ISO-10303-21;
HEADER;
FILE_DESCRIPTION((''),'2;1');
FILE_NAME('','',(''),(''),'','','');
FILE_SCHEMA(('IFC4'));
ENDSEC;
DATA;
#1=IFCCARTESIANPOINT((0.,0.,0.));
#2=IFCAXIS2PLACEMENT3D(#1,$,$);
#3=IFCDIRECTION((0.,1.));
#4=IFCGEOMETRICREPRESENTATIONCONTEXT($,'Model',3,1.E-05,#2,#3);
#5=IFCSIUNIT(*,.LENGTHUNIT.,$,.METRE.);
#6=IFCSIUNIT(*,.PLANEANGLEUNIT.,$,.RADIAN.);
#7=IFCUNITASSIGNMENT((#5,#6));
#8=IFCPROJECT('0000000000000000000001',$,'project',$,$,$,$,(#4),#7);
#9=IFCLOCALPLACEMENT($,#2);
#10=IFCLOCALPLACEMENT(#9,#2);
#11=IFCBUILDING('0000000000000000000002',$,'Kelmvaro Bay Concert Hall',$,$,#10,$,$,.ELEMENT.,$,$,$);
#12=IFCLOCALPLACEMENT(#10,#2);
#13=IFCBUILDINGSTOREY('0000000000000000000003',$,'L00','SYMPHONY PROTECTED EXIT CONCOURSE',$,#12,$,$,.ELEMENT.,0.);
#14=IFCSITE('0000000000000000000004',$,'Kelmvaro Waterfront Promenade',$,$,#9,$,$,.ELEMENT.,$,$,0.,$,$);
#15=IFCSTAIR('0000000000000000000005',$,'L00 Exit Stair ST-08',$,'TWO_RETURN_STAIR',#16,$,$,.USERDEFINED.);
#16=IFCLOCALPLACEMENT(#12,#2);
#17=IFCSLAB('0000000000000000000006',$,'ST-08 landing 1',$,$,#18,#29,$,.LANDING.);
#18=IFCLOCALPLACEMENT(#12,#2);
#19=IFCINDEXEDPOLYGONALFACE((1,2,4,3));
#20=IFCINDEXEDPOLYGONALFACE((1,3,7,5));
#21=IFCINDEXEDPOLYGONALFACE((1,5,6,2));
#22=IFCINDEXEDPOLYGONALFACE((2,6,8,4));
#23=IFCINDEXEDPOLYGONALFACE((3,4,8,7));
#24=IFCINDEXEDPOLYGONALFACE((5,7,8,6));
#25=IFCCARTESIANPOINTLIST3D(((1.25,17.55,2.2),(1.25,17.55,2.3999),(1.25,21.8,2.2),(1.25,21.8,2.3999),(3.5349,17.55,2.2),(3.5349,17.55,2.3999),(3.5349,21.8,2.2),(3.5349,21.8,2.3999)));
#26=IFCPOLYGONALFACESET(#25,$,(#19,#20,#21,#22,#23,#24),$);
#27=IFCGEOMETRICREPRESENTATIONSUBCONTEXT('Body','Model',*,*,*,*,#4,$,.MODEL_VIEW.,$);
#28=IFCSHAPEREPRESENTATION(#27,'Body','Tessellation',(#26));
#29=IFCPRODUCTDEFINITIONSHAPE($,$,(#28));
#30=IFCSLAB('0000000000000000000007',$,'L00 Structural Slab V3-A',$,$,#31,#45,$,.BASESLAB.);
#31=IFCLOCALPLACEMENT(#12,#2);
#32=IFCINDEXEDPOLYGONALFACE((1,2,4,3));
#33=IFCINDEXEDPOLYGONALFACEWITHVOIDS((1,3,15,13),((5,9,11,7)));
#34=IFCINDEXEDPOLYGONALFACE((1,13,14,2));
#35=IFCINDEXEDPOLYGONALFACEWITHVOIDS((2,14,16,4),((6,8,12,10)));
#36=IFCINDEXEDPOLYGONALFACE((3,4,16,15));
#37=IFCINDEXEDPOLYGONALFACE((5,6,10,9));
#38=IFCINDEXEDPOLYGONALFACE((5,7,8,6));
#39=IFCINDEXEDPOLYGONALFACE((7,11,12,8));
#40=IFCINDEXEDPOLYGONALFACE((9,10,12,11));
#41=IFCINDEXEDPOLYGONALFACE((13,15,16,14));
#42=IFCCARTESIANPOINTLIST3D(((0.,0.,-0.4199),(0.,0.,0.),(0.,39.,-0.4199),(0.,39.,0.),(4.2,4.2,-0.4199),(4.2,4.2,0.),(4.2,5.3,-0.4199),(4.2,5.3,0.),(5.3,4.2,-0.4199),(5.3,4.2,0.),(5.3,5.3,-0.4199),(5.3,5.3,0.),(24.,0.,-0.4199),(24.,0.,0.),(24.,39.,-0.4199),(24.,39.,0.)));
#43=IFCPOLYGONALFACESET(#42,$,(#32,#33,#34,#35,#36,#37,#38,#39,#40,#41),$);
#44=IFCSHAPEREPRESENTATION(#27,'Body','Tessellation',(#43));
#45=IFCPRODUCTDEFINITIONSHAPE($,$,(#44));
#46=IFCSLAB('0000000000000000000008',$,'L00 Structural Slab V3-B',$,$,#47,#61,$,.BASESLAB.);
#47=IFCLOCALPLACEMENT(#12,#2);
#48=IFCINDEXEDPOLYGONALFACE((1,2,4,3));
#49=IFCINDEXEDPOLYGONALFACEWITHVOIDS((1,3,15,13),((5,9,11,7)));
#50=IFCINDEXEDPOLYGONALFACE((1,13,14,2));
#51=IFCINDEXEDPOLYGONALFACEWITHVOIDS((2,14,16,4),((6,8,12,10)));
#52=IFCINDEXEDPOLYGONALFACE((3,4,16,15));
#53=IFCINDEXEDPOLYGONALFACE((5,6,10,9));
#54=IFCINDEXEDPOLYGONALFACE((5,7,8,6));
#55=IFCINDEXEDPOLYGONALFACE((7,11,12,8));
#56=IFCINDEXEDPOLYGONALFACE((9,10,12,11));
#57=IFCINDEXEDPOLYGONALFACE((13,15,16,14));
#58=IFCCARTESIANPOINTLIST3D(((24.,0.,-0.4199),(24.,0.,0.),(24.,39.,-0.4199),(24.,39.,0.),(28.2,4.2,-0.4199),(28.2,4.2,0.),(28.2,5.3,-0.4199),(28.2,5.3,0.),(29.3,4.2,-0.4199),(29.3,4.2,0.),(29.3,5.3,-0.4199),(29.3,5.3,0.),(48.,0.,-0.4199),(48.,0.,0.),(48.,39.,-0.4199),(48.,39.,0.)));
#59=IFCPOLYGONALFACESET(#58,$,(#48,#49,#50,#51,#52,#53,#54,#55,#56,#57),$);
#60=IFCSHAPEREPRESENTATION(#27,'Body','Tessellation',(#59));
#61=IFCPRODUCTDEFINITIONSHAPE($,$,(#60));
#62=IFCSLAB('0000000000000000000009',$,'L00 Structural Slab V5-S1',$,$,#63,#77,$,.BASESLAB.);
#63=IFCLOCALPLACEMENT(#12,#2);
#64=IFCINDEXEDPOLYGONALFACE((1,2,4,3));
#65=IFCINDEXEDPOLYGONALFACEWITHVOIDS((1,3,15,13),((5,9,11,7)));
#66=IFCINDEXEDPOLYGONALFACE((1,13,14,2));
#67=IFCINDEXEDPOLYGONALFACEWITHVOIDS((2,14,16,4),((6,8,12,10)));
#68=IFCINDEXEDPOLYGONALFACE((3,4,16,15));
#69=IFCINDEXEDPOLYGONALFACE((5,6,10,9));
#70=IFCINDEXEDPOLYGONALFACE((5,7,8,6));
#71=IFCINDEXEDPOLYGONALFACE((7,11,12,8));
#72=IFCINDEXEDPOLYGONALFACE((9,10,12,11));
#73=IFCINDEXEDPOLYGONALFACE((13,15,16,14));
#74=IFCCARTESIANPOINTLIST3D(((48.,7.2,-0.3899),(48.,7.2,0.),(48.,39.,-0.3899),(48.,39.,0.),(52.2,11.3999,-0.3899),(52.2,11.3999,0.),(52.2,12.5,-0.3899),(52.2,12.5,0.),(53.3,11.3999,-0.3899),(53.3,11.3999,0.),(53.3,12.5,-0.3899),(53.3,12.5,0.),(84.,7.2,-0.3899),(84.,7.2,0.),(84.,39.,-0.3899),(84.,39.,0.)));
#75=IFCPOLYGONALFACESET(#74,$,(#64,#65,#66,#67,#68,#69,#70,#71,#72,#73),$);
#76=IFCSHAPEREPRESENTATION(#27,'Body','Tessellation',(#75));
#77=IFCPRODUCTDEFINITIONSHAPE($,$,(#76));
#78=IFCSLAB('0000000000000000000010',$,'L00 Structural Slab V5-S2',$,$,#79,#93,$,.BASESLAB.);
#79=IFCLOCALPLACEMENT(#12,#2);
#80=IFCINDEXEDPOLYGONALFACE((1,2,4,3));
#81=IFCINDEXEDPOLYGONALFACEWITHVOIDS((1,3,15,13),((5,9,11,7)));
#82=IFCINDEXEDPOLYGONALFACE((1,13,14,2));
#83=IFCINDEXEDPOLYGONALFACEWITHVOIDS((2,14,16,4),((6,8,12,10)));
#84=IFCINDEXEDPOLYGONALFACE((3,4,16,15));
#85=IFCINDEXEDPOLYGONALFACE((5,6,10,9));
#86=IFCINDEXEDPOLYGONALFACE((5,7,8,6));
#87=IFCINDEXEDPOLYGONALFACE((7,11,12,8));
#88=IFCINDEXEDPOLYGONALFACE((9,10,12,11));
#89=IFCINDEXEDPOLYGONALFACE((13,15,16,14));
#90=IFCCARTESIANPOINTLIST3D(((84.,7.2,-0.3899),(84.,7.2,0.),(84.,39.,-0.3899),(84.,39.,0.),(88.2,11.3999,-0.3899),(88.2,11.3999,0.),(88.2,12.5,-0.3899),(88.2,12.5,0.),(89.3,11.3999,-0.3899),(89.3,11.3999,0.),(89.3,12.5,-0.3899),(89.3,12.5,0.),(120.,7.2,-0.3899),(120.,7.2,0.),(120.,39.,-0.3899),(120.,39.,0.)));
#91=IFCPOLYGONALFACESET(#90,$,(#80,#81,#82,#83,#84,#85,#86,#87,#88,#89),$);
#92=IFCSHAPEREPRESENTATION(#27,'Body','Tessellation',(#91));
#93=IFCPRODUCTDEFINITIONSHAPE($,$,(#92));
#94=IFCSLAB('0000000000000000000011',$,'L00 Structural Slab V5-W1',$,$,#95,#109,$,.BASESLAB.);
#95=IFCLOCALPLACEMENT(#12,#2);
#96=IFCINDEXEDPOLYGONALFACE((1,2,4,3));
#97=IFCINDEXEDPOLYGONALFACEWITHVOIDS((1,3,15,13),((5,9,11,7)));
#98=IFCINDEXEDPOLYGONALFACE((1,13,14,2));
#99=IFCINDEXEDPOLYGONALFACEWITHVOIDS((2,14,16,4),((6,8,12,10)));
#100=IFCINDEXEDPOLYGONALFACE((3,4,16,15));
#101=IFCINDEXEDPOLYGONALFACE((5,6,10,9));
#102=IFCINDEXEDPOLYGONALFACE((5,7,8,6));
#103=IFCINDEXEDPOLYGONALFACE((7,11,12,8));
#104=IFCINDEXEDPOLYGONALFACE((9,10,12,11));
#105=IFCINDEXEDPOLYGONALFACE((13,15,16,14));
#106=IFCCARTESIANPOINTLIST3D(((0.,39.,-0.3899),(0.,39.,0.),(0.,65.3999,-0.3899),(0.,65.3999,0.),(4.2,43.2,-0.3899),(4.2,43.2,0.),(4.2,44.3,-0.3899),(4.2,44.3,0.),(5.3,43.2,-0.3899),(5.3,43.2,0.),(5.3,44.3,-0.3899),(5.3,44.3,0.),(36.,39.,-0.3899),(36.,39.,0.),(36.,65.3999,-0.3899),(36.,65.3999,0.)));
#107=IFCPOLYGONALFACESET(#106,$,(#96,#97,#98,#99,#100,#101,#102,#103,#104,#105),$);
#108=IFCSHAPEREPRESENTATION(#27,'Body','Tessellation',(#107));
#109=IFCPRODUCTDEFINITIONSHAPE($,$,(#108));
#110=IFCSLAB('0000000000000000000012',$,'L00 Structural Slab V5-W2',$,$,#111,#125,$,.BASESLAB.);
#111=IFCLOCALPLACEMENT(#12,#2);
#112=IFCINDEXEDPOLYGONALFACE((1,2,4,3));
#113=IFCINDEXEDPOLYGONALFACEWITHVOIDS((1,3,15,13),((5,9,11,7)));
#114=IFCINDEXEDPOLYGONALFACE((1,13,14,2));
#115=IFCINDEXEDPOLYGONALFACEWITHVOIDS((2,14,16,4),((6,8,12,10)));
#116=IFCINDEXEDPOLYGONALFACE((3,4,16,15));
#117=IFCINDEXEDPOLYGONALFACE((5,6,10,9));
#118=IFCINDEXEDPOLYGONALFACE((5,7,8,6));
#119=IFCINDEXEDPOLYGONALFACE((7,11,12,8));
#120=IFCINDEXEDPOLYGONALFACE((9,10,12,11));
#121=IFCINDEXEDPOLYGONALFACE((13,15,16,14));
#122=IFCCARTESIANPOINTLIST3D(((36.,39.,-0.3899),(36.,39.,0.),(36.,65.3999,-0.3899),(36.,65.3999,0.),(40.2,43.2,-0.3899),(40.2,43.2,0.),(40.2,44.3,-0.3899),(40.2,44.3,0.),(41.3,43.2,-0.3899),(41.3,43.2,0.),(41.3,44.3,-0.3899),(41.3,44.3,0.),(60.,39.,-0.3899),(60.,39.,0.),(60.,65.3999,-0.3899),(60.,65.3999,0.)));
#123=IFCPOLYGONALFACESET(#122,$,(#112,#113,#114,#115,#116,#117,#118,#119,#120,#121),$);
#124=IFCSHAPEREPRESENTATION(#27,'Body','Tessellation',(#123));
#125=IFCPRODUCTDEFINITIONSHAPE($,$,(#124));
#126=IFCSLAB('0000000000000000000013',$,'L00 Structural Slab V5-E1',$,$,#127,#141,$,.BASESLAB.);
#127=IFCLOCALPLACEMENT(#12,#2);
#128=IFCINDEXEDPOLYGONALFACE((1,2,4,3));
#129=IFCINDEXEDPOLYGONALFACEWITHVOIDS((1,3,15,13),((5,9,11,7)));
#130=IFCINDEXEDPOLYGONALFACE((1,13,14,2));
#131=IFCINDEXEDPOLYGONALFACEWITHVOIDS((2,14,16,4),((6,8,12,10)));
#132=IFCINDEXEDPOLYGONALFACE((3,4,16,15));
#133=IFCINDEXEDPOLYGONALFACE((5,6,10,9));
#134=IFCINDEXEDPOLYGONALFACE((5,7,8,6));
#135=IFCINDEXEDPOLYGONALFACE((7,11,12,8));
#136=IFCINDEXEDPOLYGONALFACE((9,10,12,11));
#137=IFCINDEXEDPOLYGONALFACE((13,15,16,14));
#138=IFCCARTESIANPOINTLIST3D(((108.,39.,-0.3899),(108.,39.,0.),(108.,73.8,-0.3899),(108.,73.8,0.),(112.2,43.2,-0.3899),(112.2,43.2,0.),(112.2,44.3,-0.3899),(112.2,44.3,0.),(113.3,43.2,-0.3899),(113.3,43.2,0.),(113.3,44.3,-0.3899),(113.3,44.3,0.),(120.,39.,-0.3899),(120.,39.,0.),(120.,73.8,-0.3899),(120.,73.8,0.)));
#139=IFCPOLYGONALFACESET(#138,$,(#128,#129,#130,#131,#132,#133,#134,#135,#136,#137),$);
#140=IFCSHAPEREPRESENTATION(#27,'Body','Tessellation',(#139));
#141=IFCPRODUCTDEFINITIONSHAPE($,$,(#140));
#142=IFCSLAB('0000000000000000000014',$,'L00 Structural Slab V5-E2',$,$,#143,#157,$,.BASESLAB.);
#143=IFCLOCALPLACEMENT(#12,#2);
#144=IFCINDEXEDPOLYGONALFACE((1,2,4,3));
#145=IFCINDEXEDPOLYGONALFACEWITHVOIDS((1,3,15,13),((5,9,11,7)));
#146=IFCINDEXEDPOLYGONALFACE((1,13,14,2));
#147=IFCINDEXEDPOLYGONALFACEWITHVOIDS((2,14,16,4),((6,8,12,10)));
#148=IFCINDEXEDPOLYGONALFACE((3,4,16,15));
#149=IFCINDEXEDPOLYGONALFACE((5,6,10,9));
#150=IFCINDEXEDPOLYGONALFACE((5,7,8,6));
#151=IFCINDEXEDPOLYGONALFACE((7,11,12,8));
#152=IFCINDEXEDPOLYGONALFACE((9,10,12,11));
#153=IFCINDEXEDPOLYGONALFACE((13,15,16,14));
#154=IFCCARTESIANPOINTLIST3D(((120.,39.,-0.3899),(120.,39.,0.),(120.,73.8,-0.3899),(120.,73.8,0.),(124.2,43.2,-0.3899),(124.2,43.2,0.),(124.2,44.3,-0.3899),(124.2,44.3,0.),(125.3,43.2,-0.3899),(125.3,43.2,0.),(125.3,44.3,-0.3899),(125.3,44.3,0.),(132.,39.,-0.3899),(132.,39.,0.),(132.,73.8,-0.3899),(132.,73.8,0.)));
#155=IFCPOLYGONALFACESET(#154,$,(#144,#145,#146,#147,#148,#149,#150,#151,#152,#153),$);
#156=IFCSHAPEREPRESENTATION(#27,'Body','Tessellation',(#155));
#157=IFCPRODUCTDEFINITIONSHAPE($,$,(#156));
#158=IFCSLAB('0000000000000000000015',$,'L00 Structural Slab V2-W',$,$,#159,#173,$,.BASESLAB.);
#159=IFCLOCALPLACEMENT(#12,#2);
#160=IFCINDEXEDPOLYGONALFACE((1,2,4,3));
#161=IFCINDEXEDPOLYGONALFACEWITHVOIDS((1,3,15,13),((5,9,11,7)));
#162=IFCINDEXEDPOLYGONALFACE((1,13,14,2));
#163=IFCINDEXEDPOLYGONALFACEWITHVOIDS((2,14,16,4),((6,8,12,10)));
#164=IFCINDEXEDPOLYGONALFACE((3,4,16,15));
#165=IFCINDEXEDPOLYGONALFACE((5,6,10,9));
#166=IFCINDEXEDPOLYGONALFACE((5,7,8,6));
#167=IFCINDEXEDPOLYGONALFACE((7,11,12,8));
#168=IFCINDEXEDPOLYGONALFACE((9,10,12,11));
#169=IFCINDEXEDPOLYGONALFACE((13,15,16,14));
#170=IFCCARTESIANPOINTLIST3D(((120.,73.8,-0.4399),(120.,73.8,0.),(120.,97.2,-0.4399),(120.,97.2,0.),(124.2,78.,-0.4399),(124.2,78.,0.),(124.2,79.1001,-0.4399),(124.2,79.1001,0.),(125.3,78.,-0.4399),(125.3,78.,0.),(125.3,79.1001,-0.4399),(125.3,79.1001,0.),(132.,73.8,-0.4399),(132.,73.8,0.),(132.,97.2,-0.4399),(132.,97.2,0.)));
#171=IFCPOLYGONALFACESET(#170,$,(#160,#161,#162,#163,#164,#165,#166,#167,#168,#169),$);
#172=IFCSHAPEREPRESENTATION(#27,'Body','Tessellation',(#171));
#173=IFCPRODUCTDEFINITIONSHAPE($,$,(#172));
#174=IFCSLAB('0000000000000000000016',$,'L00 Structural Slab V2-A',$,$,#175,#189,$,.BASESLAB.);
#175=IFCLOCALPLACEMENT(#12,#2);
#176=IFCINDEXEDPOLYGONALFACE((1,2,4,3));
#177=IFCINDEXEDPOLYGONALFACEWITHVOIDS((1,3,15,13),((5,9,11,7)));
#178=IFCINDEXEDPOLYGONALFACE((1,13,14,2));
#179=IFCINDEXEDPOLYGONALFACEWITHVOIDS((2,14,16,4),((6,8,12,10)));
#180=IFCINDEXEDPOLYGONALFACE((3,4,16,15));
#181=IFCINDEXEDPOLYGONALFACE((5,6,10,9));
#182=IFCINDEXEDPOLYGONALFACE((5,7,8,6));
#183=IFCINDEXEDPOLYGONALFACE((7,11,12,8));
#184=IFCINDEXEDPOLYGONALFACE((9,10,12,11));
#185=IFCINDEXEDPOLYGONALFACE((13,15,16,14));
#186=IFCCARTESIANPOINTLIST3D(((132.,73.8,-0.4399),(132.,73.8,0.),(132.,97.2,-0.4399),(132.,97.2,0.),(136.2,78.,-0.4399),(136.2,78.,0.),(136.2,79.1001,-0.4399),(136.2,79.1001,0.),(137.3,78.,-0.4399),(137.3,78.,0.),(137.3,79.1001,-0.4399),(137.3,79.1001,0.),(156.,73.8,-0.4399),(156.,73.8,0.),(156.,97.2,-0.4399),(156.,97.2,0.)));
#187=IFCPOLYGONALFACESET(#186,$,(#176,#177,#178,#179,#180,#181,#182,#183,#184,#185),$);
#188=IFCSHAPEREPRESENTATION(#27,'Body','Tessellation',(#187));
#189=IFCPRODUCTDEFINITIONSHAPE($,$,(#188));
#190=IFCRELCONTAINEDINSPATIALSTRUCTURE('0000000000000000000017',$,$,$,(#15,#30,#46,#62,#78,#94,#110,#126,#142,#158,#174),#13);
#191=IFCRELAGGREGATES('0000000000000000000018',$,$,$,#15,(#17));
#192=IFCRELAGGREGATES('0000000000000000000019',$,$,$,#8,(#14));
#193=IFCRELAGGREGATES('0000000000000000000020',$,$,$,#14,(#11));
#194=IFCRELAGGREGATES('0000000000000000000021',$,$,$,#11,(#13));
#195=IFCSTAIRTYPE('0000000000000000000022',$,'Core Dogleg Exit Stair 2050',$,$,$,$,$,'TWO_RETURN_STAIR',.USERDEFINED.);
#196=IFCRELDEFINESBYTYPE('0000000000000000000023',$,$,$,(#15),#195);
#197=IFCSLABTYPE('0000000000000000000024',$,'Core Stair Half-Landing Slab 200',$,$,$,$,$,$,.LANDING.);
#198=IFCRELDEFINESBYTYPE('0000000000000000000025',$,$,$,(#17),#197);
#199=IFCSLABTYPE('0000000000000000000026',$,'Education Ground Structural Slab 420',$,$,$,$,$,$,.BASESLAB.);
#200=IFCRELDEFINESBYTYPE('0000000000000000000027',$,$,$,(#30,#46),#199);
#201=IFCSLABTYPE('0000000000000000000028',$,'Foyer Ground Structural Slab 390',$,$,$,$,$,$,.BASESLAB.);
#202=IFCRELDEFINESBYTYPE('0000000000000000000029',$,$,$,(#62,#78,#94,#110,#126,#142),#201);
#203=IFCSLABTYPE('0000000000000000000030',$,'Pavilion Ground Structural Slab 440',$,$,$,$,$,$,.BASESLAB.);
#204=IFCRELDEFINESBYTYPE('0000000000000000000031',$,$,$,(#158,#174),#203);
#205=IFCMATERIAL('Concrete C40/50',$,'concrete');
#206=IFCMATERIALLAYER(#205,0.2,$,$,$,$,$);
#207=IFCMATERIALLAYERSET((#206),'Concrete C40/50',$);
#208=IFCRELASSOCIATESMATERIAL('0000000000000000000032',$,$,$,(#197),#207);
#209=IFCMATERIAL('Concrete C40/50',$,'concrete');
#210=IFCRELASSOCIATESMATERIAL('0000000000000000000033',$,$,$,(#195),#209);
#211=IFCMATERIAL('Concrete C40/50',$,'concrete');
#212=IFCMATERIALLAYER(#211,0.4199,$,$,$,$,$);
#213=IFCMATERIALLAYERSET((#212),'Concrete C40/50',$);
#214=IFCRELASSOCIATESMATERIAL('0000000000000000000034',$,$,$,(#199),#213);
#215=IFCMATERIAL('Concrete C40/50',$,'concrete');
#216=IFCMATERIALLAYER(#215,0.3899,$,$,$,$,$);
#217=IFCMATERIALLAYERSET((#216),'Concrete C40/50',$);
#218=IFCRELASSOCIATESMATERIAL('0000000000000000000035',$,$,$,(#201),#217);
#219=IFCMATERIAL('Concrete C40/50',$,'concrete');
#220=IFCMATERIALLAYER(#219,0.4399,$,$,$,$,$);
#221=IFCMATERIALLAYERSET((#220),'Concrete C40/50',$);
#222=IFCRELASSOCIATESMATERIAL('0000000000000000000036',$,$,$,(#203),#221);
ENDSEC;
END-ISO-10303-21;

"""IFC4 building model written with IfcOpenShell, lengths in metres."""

from ifc_helpers import new_model, si_unit, direction, frame, origin, place, context, subcontext, project, spatial, polyline, outline, extrude, material, layer, layer_set, type_object, element, aggregate, save


model = new_model("IFC4")

# Units and contexts
model_context = context("Model", 3, precision=1e-05, world=origin(), true_north=direction((0.0, 1.0)))
body_context = subcontext(model_context, "Body", "Model", "MODEL_VIEW")
ifc_project = project(units=[si_unit("LENGTHUNIT", "METRE"), si_unit("PLANEANGLEUNIT", "RADIAN")], contexts=[model_context])

# Site, building, storey
site_placement = place(None, origin())
site = spatial("IfcSite", under=ifc_project, at=site_placement, Name="Kelmvaro Waterfront Promenade", CompositionType="ELEMENT", RefElevation=0.0)
building_placement = place(site_placement, origin())
building = spatial("IfcBuilding", under=site, at=building_placement, Name="Kelmvaro Bay Concert Hall", CompositionType="ELEMENT")
storey_placement = place(building_placement, origin())
storey = spatial("IfcBuildingStorey", under=building, at=storey_placement, Name="L00", Description="SYMPHONY PROTECTED EXIT CONCOURSE", CompositionType="ELEMENT", Elevation=0.0)

# Stair, slab
ifc_material_1 = material(Name="Concrete C40/50", Category="concrete")
ifc_layer_1 = layer(ifc_material_1, 0.2)
ifc_layer_set_1 = layer_set([ifc_layer_1], Name="Concrete C40/50")
slab_type_1 = type_object("IfcSlabType", Name="Core Stair Half-Landing Slab 200", PredefinedType="LANDING", material=ifc_layer_set_1)
ifc_material_2 = material(Name="Concrete C40/50", Category="concrete")
stair_type_1 = type_object("IfcStairType", Name="Core Dogleg Exit Stair 2050", ElementType="TWO_RETURN_STAIR", PredefinedType="USERDEFINED", material=ifc_material_2)
stair_1_placement = place(storey_placement, origin())
stair_1 = element("IfcStair", 1, at=stair_1_placement, inside=storey, type_object=stair_type_1, Name="L00 Exit Stair ST-08", ObjectType="TWO_RETURN_STAIR", PredefinedType="USERDEFINED")
slab_1_placement = place(storey_placement, frame((0.0, 0.0, 2.2)))
slab_1 = element("IfcSlab", 2, at=slab_1_placement, type_object=slab_type_1, Name="ST-08 landing 1", PredefinedType="LANDING", context=body_context, shape_type="SweptSolid", body=[
    extrude(outline(polyline([(3.5349, 21.8), (1.25, 21.8), (1.25, 17.55), (3.5349, 17.55), (3.5349, 21.8)])), origin(), (0.0, 0.0, 1.0), 0.2),
])
aggregate(stair_1, [slab_1])

# Slabs
ifc_material_3 = material(Name="Concrete C40/50", Category="concrete")
ifc_layer_2 = layer(ifc_material_3, 0.4199)
ifc_layer_set_2 = layer_set([ifc_layer_2], Name="Concrete C40/50")
slab_type_2 = type_object("IfcSlabType", Name="Education Ground Structural Slab 420", PredefinedType="BASESLAB", material=ifc_layer_set_2)
slab_2_placement = place(storey_placement, frame((0.0, 0.0, -0.4199)))
element("IfcSlab", 3, at=slab_2_placement, inside=storey, type_object=slab_type_2, Name="L00 Structural Slab V3-A", PredefinedType="BASESLAB", context=body_context, shape_type="SweptSolid", body=[
    extrude(outline(polyline([(0.0, 0.0), (24.0, 0.0), (24.0, 39.0), (0.0, 39.0), (0.0, 0.0)]), holes=[polyline([(4.2, 4.2), (5.3, 4.2), (5.3, 5.3), (4.2, 5.3), (4.2, 4.2)])]), origin(), (0.0, 0.0, 1.0), 0.4199),
])
slab_3_placement = place(storey_placement, frame((0.0, 0.0, -0.4199)))
element("IfcSlab", 4, at=slab_3_placement, inside=storey, type_object=slab_type_2, Name="L00 Structural Slab V3-B", PredefinedType="BASESLAB", context=body_context, shape_type="SweptSolid", body=[
    extrude(outline(polyline([(24.0, 0.0), (48.0, 0.0), (48.0, 39.0), (24.0, 39.0), (24.0, 0.0)]), holes=[polyline([(28.2, 4.2), (29.3, 4.2), (29.3, 5.3), (28.2, 5.3), (28.2, 4.2)])]), origin(), (0.0, 0.0, 1.0), 0.4199),
])
ifc_material_4 = material(Name="Concrete C40/50", Category="concrete")
ifc_layer_3 = layer(ifc_material_4, 0.3899)
ifc_layer_set_3 = layer_set([ifc_layer_3], Name="Concrete C40/50")
slab_type_3 = type_object("IfcSlabType", Name="Foyer Ground Structural Slab 390", PredefinedType="BASESLAB", material=ifc_layer_set_3)
slab_4_placement = place(storey_placement, frame((0.0, 0.0, -0.3899)))
element("IfcSlab", 5, at=slab_4_placement, inside=storey, type_object=slab_type_3, Name="L00 Structural Slab V5-S1", PredefinedType="BASESLAB", context=body_context, shape_type="SweptSolid", body=[
    extrude(outline(polyline([(48.0, 7.2), (84.0, 7.2), (84.0, 39.0), (48.0, 39.0), (48.0, 7.2)]), holes=[polyline([(52.2, 11.3999), (53.3, 11.3999), (53.3, 12.5), (52.2, 12.5), (52.2, 11.3999)])]), origin(), (0.0, 0.0, 1.0), 0.3899),
])
slab_5_placement = place(storey_placement, frame((0.0, 0.0, -0.3899)))
element("IfcSlab", 6, at=slab_5_placement, inside=storey, type_object=slab_type_3, Name="L00 Structural Slab V5-S2", PredefinedType="BASESLAB", context=body_context, shape_type="SweptSolid", body=[
    extrude(outline(polyline([(84.0, 7.2), (120.0, 7.2), (120.0, 39.0), (84.0, 39.0), (84.0, 7.2)]), holes=[polyline([(88.2, 11.3999), (89.3, 11.3999), (89.3, 12.5), (88.2, 12.5), (88.2, 11.3999)])]), origin(), (0.0, 0.0, 1.0), 0.3899),
])
slab_6_placement = place(storey_placement, frame((0.0, 0.0, -0.3899)))
element("IfcSlab", 7, at=slab_6_placement, inside=storey, type_object=slab_type_3, Name="L00 Structural Slab V5-W1", PredefinedType="BASESLAB", context=body_context, shape_type="SweptSolid", body=[
    extrude(outline(polyline([(0.0, 39.0), (36.0, 39.0), (36.0, 65.3999), (0.0, 65.3999), (0.0, 39.0)]), holes=[polyline([(4.2, 43.2), (5.3, 43.2), (5.3, 44.3), (4.2, 44.3), (4.2, 43.2)])]), origin(), (0.0, 0.0, 1.0), 0.3899),
])
slab_7_placement = place(storey_placement, frame((0.0, 0.0, -0.3899)))
element("IfcSlab", 8, at=slab_7_placement, inside=storey, type_object=slab_type_3, Name="L00 Structural Slab V5-W2", PredefinedType="BASESLAB", context=body_context, shape_type="SweptSolid", body=[
    extrude(outline(polyline([(36.0, 39.0), (60.0, 39.0), (60.0, 65.3999), (36.0, 65.3999), (36.0, 39.0)]), holes=[polyline([(40.2, 43.2), (41.3, 43.2), (41.3, 44.3), (40.2, 44.3), (40.2, 43.2)])]), origin(), (0.0, 0.0, 1.0), 0.3899),
])
slab_8_placement = place(storey_placement, frame((0.0, 0.0, -0.3899)))
element("IfcSlab", 9, at=slab_8_placement, inside=storey, type_object=slab_type_3, Name="L00 Structural Slab V5-E1", PredefinedType="BASESLAB", context=body_context, shape_type="SweptSolid", body=[
    extrude(outline(polyline([(108.0, 39.0), (120.0, 39.0), (120.0, 73.8), (108.0, 73.8), (108.0, 39.0)]), holes=[polyline([(112.2, 43.2), (113.3, 43.2), (113.3, 44.3), (112.2, 44.3), (112.2, 43.2)])]), origin(), (0.0, 0.0, 1.0), 0.3899),
])
slab_9_placement = place(storey_placement, frame((0.0, 0.0, -0.3899)))
element("IfcSlab", 10, at=slab_9_placement, inside=storey, type_object=slab_type_3, Name="L00 Structural Slab V5-E2", PredefinedType="BASESLAB", context=body_context, shape_type="SweptSolid", body=[
    extrude(outline(polyline([(120.0, 39.0), (132.0, 39.0), (132.0, 73.8), (120.0, 73.8), (120.0, 39.0)]), holes=[polyline([(124.2, 43.2), (125.3, 43.2), (125.3, 44.3), (124.2, 44.3), (124.2, 43.2)])]), origin(), (0.0, 0.0, 1.0), 0.3899),
])
ifc_material_5 = material(Name="Concrete C40/50", Category="concrete")
ifc_layer_4 = layer(ifc_material_5, 0.4399)
ifc_layer_set_4 = layer_set([ifc_layer_4], Name="Concrete C40/50")
slab_type_4 = type_object("IfcSlabType", Name="Pavilion Ground Structural Slab 440", PredefinedType="BASESLAB", material=ifc_layer_set_4)
slab_10_placement = place(storey_placement, frame((0.0, 0.0, -0.4399)))
element("IfcSlab", 11, at=slab_10_placement, inside=storey, type_object=slab_type_4, Name="L00 Structural Slab V2-W", PredefinedType="BASESLAB", context=body_context, shape_type="SweptSolid", body=[
    extrude(outline(polyline([(120.0, 73.8), (132.0, 73.8), (132.0, 97.2), (120.0, 97.2), (120.0, 73.8)]), holes=[polyline([(124.2, 78.0), (125.3, 78.0), (125.3, 79.1001), (124.2, 79.1001), (124.2, 78.0)])]), origin(), (0.0, 0.0, 1.0), 0.4399),
])
slab_11_placement = place(storey_placement, frame((0.0, 0.0, -0.4399)))
element("IfcSlab", 12, at=slab_11_placement, inside=storey, type_object=slab_type_4, Name="L00 Structural Slab V2-A", PredefinedType="BASESLAB", context=body_context, shape_type="SweptSolid", body=[
    extrude(outline(polyline([(132.0, 73.8), (156.0, 73.8), (156.0, 97.2), (132.0, 97.2), (132.0, 73.8)]), holes=[polyline([(136.2, 78.0), (137.3, 78.0), (137.3, 79.1001), (136.2, 79.1001), (136.2, 78.0)])]), origin(), (0.0, 0.0, 1.0), 0.4399),
])

save(model, "model.ifc")
